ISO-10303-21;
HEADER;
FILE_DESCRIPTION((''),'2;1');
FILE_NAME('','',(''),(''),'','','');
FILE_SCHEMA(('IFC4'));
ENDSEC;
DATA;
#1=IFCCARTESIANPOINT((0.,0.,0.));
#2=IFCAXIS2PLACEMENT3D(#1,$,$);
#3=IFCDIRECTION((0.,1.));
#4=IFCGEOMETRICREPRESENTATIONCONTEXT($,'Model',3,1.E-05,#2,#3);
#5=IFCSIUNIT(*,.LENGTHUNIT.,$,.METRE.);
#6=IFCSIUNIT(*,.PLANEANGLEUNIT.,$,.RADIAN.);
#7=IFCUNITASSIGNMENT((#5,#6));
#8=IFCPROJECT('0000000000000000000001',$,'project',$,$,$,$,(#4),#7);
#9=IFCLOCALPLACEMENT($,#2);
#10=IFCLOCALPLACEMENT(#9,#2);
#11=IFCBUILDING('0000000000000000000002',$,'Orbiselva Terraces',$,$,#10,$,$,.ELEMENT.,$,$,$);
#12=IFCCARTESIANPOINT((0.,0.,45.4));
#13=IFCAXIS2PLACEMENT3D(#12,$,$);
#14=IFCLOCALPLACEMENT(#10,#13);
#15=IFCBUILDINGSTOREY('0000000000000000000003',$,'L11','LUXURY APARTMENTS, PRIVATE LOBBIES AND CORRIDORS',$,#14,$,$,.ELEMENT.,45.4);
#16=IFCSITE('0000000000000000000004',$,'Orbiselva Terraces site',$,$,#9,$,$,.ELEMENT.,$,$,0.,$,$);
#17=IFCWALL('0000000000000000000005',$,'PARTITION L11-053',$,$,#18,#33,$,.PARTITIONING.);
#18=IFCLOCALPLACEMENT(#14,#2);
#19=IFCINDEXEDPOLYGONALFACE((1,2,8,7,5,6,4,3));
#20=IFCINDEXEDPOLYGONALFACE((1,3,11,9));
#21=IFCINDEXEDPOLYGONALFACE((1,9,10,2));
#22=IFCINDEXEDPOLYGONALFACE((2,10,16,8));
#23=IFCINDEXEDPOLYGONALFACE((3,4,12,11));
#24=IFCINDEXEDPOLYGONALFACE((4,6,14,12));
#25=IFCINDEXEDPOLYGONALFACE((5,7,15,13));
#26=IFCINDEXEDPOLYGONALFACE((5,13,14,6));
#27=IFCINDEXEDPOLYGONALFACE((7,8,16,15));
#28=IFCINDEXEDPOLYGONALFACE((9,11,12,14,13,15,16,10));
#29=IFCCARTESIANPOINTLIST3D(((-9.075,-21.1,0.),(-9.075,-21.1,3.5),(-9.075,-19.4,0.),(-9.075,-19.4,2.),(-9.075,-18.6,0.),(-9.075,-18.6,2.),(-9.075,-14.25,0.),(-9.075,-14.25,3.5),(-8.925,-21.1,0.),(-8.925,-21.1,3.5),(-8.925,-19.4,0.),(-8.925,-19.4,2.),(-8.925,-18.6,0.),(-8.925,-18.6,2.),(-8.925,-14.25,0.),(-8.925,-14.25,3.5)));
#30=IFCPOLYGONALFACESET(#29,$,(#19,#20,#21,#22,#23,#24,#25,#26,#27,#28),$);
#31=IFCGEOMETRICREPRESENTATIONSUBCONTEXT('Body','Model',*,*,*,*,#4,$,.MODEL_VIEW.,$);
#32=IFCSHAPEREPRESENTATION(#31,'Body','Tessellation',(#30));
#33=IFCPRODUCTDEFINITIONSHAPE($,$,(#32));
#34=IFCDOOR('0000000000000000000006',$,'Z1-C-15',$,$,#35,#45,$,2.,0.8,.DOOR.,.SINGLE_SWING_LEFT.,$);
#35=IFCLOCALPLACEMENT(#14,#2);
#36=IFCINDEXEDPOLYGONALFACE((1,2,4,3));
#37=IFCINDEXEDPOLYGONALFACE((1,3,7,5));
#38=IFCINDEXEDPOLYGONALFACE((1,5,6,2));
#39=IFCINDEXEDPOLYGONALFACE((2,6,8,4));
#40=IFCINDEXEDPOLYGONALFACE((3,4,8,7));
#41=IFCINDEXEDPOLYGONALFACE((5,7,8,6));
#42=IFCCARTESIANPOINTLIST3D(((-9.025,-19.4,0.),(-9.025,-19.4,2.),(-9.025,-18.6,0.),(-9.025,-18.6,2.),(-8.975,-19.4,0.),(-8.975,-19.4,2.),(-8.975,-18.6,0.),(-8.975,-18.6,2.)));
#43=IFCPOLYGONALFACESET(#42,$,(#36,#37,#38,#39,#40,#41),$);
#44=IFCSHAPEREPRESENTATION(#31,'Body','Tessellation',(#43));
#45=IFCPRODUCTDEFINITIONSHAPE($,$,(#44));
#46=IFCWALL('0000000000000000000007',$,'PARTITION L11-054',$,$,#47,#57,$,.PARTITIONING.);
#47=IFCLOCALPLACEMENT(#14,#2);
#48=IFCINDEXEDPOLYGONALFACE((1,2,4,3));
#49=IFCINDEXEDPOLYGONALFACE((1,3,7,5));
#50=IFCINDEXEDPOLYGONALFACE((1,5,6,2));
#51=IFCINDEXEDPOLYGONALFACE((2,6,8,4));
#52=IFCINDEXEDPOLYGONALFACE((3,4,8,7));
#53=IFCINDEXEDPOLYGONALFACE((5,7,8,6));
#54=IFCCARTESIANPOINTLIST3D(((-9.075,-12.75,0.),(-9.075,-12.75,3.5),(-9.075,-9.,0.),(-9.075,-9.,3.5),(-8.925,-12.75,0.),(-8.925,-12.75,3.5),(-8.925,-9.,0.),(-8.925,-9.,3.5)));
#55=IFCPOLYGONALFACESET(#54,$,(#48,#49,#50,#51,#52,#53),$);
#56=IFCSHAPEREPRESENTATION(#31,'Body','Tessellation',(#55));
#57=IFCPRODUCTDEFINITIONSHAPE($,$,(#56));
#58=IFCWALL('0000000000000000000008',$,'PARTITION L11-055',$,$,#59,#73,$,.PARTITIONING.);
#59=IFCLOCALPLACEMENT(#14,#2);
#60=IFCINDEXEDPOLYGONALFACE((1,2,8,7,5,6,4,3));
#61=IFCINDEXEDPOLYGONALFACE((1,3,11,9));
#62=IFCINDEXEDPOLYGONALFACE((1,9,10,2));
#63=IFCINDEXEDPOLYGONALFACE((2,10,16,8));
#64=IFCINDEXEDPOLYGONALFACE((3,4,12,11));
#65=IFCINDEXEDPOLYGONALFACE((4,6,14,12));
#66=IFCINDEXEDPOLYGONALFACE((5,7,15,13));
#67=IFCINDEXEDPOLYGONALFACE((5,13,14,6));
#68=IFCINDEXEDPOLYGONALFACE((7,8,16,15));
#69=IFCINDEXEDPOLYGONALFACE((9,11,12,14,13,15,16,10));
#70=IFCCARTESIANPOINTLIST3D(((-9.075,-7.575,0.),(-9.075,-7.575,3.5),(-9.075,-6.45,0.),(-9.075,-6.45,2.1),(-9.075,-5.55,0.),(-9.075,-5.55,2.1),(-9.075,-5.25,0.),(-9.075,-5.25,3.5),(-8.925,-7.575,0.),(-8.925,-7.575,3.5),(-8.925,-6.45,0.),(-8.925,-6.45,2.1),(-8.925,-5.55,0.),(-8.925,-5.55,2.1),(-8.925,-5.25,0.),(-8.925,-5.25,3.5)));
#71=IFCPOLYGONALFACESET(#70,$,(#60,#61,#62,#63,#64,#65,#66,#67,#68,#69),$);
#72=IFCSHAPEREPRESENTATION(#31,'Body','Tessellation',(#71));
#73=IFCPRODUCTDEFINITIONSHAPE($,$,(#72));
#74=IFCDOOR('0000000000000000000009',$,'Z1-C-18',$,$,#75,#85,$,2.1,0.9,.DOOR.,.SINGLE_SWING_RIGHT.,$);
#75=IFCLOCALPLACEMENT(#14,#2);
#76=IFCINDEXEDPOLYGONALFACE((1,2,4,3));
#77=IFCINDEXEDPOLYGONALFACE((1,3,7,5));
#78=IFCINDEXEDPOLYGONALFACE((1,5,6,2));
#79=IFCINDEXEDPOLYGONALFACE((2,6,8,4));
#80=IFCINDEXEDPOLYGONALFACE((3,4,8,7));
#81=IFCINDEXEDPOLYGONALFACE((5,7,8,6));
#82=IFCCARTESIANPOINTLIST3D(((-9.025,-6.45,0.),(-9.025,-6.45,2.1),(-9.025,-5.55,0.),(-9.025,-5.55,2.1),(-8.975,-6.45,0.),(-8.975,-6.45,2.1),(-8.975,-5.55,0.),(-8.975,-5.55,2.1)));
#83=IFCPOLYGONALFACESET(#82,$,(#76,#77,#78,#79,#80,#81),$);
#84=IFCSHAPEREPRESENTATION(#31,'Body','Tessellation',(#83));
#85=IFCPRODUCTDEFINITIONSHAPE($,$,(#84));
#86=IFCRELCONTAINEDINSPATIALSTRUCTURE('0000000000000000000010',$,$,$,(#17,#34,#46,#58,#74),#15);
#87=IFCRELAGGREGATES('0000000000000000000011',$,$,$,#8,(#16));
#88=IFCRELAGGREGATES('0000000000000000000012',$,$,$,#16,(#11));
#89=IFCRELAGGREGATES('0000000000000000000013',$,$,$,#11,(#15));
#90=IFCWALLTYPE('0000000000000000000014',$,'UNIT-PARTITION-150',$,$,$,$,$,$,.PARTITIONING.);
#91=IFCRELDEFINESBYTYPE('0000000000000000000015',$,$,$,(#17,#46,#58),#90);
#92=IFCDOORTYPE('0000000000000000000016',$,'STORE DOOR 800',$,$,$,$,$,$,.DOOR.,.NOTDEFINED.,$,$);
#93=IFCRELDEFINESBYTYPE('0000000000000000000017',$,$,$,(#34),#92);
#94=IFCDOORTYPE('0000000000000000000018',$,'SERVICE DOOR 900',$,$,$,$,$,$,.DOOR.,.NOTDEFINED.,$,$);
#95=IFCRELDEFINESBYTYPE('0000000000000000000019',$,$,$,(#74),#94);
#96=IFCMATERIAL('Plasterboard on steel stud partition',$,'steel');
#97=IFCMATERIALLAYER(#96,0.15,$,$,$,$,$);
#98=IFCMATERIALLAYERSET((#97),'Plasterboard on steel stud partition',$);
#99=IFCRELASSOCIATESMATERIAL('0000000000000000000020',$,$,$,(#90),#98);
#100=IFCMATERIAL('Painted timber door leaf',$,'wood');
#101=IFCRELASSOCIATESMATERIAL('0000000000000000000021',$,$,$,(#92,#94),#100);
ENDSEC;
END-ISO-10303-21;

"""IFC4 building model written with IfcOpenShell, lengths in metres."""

from ifc_helpers import new_model, si_unit, direction, frame, frame_2d, origin, place, context, subcontext, project, spatial, rectangle, extrude, material, layer, layer_set, type_object, element, fill, save


model = new_model("IFC4")

# Units and contexts
model_context = context("Model", 3, precision=1e-05, world=origin(), true_north=direction((0.0, 1.0)))
body_context = subcontext(model_context, "Body", "Model", "MODEL_VIEW")
ifc_project = project(units=[si_unit("LENGTHUNIT", "METRE"), si_unit("PLANEANGLEUNIT", "RADIAN")], contexts=[model_context])

# Site, building, storey
site_placement = place(None, origin())
site = spatial("IfcSite", under=ifc_project, at=site_placement, Name="Orbiselva Terraces site", CompositionType="ELEMENT", RefElevation=0.0)
building_placement = place(site_placement, origin())
building = spatial("IfcBuilding", under=site, at=building_placement, Name="Orbiselva Terraces", CompositionType="ELEMENT")
storey_placement = place(building_placement, frame((0.0, 0.0, 45.4)))
storey = spatial("IfcBuildingStorey", under=building, at=storey_placement, Name="L11", Description="LUXURY APARTMENTS, PRIVATE LOBBIES AND CORRIDORS", CompositionType="ELEMENT", Elevation=45.4)

# Shared definitions
ifc_material_1 = material(Name="Plasterboard on steel stud partition", Category="steel")
ifc_material_2 = material(Name="Painted timber door leaf", Category="wood")

# Shared definitions
ifc_layer_1 = layer(ifc_material_1, 0.15)
ifc_layer_set_1 = layer_set([ifc_layer_1], Name="Plasterboard on steel stud partition")
wall_type_1 = type_object("IfcWallType", Name="UNIT-PARTITION-150", PredefinedType="PARTITIONING", material=ifc_layer_set_1)

# Shared definitions
door_type_1 = type_object("IfcDoorType", Name="STORE DOOR 800", OperationType="NOTDEFINED", PredefinedType="DOOR", material=ifc_material_2)

# Wall, opening, door
wall_1_placement = place(storey_placement, frame((-9.0, -21.1, 0.0), z_axis=(0.0, 0.0, 1.0), x_axis=(0.0, 1.0, 0.0)))
wall_1 = element("IfcWall", 1, at=wall_1_placement, inside=storey, type_object=wall_type_1, Name="PARTITION L11-053", PredefinedType="PARTITIONING", context=body_context, shape_type="SweptSolid", body=[
    extrude(rectangle(XDim=6.85, YDim=0.15, at=frame_2d((3.425, 0.0))), origin(), (0.0, 0.0, 1.0), 3.5),
])
opening_1_placement = place(wall_1_placement, frame((1.7, 0.0, 0.0)))
opening_1 = element("IfcOpeningElement", 2, at=opening_1_placement, cuts=wall_1, PredefinedType="OPENING", context=body_context, shape_type="SweptSolid", body=[
    extrude(rectangle(XDim=0.8, YDim=2.0, at=frame_2d((0.4, 1.0))), frame((0.0, 0.085, 0.0), z_axis=(0.0, -1.0, 0.0), x_axis=(1.0, 0.0, 0.0)), (0.0, 0.0, 1.0), 0.17),
])
door_1_placement = place(opening_1_placement, origin())
door_1 = element("IfcDoor", 3, at=door_1_placement, inside=storey, type_object=door_type_1, Name="Z1-C-15", OperationType="SINGLE_SWING_LEFT", OverallHeight=2.0, OverallWidth=0.8, PredefinedType="DOOR", context=body_context, shape_type="SweptSolid", body=[
    extrude(rectangle(XDim=0.8, YDim=2.0, at=frame_2d((0.4, 1.0))), frame((0.0, 0.025, 0.0), z_axis=(0.0, -1.0, 0.0), x_axis=(1.0, 0.0, 0.0)), (0.0, 0.0, 1.0), 0.05),
])
fill(opening_1, door_1)

# Wall
wall_2_placement = place(storey_placement, frame((-9.0, -12.75, 0.0), z_axis=(0.0, 0.0, 1.0), x_axis=(0.0, 1.0, 0.0)))
element("IfcWall", 4, at=wall_2_placement, inside=storey, type_object=wall_type_1, Name="PARTITION L11-054", PredefinedType="PARTITIONING", context=body_context, shape_type="SweptSolid", body=[
    extrude(rectangle(XDim=3.75, YDim=0.15, at=frame_2d((1.875, 0.0))), origin(), (0.0, 0.0, 1.0), 3.5),
])

# Wall, opening, door
wall_3_placement = place(storey_placement, frame((-9.0, -7.575, 0.0), z_axis=(0.0, 0.0, 1.0), x_axis=(0.0, 1.0, 0.0)))
wall_3 = element("IfcWall", 5, at=wall_3_placement, inside=storey, type_object=wall_type_1, Name="PARTITION L11-055", PredefinedType="PARTITIONING", context=body_context, shape_type="SweptSolid", body=[
    extrude(rectangle(XDim=2.325, YDim=0.15, at=frame_2d((1.1625, 0.0))), origin(), (0.0, 0.0, 1.0), 3.5),
])
opening_2_placement = place(wall_3_placement, frame((1.125, 0.0, 0.0)))
opening_2 = element("IfcOpeningElement", 6, at=opening_2_placement, cuts=wall_3, PredefinedType="OPENING", context=body_context, shape_type="SweptSolid", body=[
    extrude(rectangle(XDim=0.9, YDim=2.1, at=frame_2d((0.45, 1.05))), frame((0.0, 0.085, 0.0), z_axis=(0.0, -1.0, 0.0), x_axis=(1.0, 0.0, 0.0)), (0.0, 0.0, 1.0), 0.17),
])
door_type_2 = type_object("IfcDoorType", Name="SERVICE DOOR 900", OperationType="NOTDEFINED", PredefinedType="DOOR", material=ifc_material_2)
door_2_placement = place(opening_2_placement, origin())
door_2 = element("IfcDoor", 7, at=door_2_placement, inside=storey, type_object=door_type_2, Name="Z1-C-18", OperationType="SINGLE_SWING_RIGHT", OverallHeight=2.1, OverallWidth=0.9, PredefinedType="DOOR", context=body_context, shape_type="SweptSolid", body=[
    extrude(rectangle(XDim=0.9, YDim=2.1, at=frame_2d((0.45, 1.05))), frame((0.0, 0.025, 0.0), z_axis=(0.0, -1.0, 0.0), x_axis=(1.0, 0.0, 0.0)), (0.0, 0.0, 1.0), 0.05),
])
fill(opening_2, door_2)

save(model, "model.ifc")
